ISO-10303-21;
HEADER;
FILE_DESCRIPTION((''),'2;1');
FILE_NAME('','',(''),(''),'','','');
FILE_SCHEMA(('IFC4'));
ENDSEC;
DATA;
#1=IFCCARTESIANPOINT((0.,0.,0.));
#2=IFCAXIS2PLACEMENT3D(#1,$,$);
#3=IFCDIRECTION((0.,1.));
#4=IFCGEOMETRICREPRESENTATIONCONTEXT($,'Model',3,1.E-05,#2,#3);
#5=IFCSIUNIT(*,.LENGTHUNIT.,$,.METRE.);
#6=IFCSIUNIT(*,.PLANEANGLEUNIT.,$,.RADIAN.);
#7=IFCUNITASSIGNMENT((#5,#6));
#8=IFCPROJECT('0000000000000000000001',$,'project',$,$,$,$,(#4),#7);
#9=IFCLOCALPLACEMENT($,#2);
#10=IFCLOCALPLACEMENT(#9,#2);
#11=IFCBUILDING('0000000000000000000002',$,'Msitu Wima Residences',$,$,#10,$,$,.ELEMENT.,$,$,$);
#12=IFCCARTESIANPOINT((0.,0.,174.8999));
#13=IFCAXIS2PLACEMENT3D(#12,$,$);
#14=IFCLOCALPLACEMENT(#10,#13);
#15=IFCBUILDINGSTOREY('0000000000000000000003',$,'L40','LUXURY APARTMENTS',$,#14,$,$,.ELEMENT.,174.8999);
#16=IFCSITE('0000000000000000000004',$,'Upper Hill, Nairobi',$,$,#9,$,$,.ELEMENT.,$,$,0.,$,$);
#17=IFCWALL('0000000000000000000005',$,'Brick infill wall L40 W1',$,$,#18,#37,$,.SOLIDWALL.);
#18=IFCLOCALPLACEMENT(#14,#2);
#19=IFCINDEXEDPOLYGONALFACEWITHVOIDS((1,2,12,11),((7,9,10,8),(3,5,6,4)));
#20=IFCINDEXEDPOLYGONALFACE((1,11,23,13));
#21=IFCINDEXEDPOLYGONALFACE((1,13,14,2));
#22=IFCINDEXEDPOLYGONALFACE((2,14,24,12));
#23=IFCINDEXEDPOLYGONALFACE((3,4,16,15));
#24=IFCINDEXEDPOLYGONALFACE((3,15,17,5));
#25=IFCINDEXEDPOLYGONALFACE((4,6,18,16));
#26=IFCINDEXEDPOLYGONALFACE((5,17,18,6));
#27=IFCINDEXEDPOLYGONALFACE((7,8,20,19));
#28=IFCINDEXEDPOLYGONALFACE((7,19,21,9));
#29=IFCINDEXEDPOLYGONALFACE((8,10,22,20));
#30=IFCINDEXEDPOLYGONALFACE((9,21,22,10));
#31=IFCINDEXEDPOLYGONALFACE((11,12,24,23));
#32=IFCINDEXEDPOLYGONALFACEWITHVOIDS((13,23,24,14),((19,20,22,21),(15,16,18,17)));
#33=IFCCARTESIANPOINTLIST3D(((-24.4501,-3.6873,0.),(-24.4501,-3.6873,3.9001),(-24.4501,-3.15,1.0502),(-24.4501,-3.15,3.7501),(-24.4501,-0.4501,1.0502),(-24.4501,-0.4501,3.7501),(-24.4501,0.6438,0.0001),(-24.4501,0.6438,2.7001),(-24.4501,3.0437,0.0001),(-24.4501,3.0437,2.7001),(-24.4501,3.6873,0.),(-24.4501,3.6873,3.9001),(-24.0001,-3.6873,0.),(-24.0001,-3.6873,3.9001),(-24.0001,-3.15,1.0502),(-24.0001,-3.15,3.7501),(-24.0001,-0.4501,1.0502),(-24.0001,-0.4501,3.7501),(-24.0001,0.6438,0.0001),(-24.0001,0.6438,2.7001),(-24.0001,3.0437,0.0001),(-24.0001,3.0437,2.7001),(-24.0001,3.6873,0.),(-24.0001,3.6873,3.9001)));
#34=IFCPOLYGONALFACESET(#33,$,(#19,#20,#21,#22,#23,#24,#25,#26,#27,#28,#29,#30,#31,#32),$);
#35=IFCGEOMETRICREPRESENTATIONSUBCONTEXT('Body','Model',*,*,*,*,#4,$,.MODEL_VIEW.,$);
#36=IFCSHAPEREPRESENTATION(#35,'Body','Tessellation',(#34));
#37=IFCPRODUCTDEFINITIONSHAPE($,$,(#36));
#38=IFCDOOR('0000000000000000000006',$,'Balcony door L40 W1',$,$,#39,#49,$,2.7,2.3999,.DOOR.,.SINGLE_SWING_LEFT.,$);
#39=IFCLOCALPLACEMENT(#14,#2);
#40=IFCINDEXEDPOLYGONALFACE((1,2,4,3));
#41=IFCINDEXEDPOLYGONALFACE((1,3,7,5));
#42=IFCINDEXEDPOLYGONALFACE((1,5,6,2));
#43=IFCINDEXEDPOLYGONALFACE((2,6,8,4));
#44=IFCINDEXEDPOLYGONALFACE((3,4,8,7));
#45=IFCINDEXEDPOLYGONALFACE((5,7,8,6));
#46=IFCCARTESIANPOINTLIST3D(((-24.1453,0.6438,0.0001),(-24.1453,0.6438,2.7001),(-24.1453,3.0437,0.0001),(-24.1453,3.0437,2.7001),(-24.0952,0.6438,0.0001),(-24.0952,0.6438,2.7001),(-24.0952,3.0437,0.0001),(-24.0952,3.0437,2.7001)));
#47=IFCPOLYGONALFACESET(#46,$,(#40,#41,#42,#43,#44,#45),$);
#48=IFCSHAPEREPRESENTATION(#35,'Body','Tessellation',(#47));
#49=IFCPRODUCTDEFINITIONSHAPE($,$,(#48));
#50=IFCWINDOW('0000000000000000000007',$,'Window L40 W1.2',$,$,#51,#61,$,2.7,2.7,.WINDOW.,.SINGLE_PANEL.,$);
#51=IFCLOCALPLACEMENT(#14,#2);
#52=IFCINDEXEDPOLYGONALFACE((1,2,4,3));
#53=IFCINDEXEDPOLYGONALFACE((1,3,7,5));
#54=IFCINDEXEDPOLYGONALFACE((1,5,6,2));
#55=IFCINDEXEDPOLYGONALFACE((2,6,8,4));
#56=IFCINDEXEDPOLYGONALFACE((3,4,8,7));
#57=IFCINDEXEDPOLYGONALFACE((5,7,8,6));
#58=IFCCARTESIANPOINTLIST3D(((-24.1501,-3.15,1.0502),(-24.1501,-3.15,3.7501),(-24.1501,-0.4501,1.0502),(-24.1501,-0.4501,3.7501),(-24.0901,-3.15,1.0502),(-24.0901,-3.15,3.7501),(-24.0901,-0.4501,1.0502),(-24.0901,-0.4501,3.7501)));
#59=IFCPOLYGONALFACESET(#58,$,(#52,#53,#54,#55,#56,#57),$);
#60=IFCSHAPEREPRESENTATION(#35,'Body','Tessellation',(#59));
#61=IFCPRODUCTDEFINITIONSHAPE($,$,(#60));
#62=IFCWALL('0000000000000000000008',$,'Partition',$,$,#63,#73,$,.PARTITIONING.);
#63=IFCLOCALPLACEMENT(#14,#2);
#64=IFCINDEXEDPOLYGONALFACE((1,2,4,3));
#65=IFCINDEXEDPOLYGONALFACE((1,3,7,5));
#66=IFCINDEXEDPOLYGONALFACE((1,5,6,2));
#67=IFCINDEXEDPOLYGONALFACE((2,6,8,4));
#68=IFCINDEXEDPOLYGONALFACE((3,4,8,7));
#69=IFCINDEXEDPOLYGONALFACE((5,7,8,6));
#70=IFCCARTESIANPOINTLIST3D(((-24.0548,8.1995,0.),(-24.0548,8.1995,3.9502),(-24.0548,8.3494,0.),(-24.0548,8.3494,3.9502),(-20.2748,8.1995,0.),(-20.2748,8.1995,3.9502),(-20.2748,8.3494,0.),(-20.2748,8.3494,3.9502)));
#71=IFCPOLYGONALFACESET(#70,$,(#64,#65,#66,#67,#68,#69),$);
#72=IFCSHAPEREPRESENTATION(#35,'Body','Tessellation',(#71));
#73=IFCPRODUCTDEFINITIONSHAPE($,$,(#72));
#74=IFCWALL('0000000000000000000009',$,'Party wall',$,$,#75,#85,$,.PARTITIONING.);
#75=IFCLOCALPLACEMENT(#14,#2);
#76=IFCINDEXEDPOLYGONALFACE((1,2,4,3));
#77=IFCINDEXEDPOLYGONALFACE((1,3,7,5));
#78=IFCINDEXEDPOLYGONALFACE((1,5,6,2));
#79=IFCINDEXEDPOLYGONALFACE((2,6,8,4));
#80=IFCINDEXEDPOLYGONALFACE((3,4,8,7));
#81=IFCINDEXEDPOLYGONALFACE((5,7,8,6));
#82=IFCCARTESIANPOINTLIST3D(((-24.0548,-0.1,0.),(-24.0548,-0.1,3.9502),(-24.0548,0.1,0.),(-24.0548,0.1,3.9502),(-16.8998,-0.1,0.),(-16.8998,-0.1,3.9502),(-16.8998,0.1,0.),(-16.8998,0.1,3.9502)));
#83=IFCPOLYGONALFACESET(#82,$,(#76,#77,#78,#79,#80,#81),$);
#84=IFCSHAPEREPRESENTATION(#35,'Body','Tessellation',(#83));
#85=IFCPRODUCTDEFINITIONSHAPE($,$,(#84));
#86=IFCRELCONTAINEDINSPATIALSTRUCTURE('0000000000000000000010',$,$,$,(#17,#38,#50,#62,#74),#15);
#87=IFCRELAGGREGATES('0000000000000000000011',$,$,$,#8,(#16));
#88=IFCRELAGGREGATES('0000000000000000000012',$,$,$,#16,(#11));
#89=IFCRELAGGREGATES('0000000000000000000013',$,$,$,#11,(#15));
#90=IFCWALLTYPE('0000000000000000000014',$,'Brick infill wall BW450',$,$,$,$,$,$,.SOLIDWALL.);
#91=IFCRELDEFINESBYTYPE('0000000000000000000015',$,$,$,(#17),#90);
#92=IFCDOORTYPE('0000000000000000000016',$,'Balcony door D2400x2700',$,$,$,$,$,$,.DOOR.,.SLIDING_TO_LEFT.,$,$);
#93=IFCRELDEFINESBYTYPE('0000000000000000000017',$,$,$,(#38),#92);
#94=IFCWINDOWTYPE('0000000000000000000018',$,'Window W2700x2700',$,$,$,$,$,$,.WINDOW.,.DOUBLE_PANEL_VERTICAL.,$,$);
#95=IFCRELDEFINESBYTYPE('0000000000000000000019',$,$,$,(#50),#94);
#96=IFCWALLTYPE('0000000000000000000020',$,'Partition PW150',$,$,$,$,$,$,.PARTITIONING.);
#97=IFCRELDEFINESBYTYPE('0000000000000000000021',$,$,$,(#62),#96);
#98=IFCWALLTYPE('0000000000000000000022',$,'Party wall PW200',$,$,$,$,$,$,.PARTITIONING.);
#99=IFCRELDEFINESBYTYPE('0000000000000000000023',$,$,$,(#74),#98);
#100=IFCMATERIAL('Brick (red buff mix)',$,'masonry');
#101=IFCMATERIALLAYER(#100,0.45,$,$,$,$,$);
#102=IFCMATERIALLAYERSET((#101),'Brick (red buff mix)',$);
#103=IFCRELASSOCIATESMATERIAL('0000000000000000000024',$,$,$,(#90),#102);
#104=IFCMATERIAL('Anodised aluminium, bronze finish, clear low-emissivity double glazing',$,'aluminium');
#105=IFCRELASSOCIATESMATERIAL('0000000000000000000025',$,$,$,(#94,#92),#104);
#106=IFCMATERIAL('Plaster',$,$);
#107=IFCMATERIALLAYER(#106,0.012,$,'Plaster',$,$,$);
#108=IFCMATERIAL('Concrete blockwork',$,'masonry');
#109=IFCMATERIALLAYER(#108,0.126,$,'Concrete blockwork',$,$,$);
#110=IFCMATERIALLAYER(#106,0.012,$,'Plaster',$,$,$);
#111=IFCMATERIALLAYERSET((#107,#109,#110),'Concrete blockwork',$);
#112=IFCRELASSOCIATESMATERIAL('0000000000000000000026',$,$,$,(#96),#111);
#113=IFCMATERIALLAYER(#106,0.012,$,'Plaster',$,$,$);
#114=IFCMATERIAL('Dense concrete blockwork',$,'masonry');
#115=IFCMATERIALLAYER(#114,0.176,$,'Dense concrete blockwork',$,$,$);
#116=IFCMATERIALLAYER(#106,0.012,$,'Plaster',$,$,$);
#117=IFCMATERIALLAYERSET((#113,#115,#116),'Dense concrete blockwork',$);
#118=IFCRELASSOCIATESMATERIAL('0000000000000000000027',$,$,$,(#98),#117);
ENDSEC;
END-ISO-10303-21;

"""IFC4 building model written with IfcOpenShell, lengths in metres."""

from ifc_helpers import new_model, si_unit, direction, frame, frame_2d, origin, place, context, subcontext, project, spatial, rectangle, extrude, material, layer, layer_set, type_object, element, fill, save


model = new_model("IFC4")

# Units and contexts
model_context = context("Model", 3, precision=1e-05, world=origin(), true_north=direction((0.0, 1.0)))
body_context = subcontext(model_context, "Body", "Model", "MODEL_VIEW")
ifc_project = project(units=[si_unit("LENGTHUNIT", "METRE"), si_unit("PLANEANGLEUNIT", "RADIAN")], contexts=[model_context])

# Site, building, storey
site_placement = place(None, origin())
site = spatial("IfcSite", under=ifc_project, at=site_placement, Name="Upper Hill, Nairobi", CompositionType="ELEMENT", RefElevation=0.0)
building_placement = place(site_placement, origin())
building = spatial("IfcBuilding", under=site, at=building_placement, Name="Msitu Wima Residences", CompositionType="ELEMENT")
storey_placement = place(building_placement, frame((0.0, 0.0, 174.8999)))
storey = spatial("IfcBuildingStorey", under=building, at=storey_placement, Name="L40", Description="LUXURY APARTMENTS", CompositionType="ELEMENT", Elevation=174.8999)

# Shared definitions
ifc_material_1 = material(Name="Brick (red buff mix)", Category="masonry")
ifc_layer_1 = layer(ifc_material_1, 0.45)
ifc_layer_set_1 = layer_set([ifc_layer_1], Name="Brick (red buff mix)")
wall_type_1 = type_object("IfcWallType", Name="Brick infill wall BW450", PredefinedType="SOLIDWALL", material=ifc_layer_set_1)
ifc_material_2 = material(Name="Anodised aluminium, bronze finish, clear low-emissivity double glazing", Category="aluminium")
window_type = type_object("IfcWindowType", Name="Window W2700x2700", PartitioningType="DOUBLE_PANEL_VERTICAL", PredefinedType="WINDOW", material=ifc_material_2)

# Wall, openings, door, window
wall_1_placement = place(storey_placement, frame((-24.2251, 3.6873, 0.0), z_axis=(0.0, 0.0, 1.0), x_axis=(0.0, -1.0, 0.0)))
wall_1 = element("IfcWall", 1, at=wall_1_placement, inside=storey, type_object=wall_type_1, Name="Brick infill wall L40 W1", PredefinedType="SOLIDWALL", context=body_context, shape_type="SweptSolid", body=[
    extrude(rectangle(XDim=7.3745, YDim=0.45, at=frame_2d((3.6873, 0.0))), origin(), (0.0, 0.0, 1.0), 3.9001),
])
opening_1_placement = place(wall_1_placement, frame((0.6436, 0.0, 0.0)))
opening_1 = element("IfcOpeningElement", 2, at=opening_1_placement, cuts=wall_1, PredefinedType="OPENING", context=body_context, shape_type="SweptSolid", body=[
    extrude(rectangle(XDim=2.3999, YDim=2.7, at=frame_2d((1.2, 1.3501))), frame((0.0, 0.2349, 0.0), z_axis=(0.0, -1.0, 0.0), x_axis=(1.0, 0.0, 0.0)), (0.0, 0.0, 1.0), 0.47),
])
opening_2_placement = place(wall_1_placement, frame((4.1372, 0.0, 1.05)))
opening_2 = element("IfcOpeningElement", 3, at=opening_2_placement, cuts=wall_1, PredefinedType="OPENING", context=body_context, shape_type="SweptSolid", body=[
    extrude(rectangle(XDim=2.7, YDim=2.7, at=frame_2d((1.3501, 1.3501))), frame((0.0, 0.2349, 0.0), z_axis=(0.0, -1.0, 0.0), x_axis=(1.0, 0.0, 0.0)), (0.0, 0.0, 1.0), 0.47),
])
door_type = type_object("IfcDoorType", Name="Balcony door D2400x2700", OperationType="SLIDING_TO_LEFT", PredefinedType="DOOR", material=ifc_material_2)
door_placement = place(opening_1_placement, origin())
door = element("IfcDoor", 4, at=door_placement, inside=storey, type_object=door_type, Name="Balcony door L40 W1", OperationType="SINGLE_SWING_LEFT", OverallHeight=2.7, OverallWidth=2.3999, PredefinedType="DOOR", context=body_context, shape_type="SweptSolid", body=[
    extrude(rectangle(XDim=2.3999, YDim=2.7, at=frame_2d((1.2, 1.3501))), frame((0.0, 0.1299, 0.0), z_axis=(0.0, -1.0, 0.0), x_axis=(1.0, 0.0, 0.0)), (0.0, 0.0, 1.0), 0.05),
])
fill(opening_1, door)
window_1_placement = place(opening_2_placement, origin())
window_1 = element("IfcWindow", 5, at=window_1_placement, inside=storey, type_object=window_type, Name="Window L40 W1.2", OverallHeight=2.7, OverallWidth=2.7, PartitioningType="SINGLE_PANEL", PredefinedType="WINDOW", context=body_context, shape_type="SweptSolid", body=[
    extrude(rectangle(XDim=2.7, YDim=2.7, at=frame_2d((1.3501, 1.3501))), frame((0.0, 0.135, 0.0), z_axis=(0.0, -1.0, 0.0), x_axis=(1.0, 0.0, 0.0)), (0.0, 0.0, 1.0), 0.0601),
])
fill(opening_2, window_1)

# Walls
ifc_material_3 = material(Name="Plaster")
ifc_layer_2 = layer(ifc_material_3, 0.012, Name="Plaster")
ifc_material_4 = material(Name="Concrete blockwork", Category="masonry")
ifc_layer_3 = layer(ifc_material_4, 0.126, Name="Concrete blockwork")
ifc_layer_4 = layer(ifc_material_3, 0.012, Name="Plaster")
ifc_layer_set_2 = layer_set([ifc_layer_2, ifc_layer_3, ifc_layer_4], Name="Concrete blockwork")
wall_type_2 = type_object("IfcWallType", Name="Partition PW150", PredefinedType="PARTITIONING", material=ifc_layer_set_2)
wall_2_placement = place(storey_placement, frame((-24.0549, 8.2744, 0.0), z_axis=(0.0, 0.0, 1.0), x_axis=(1.0, 0.0, 0.0)))
element("IfcWall", 6, at=wall_2_placement, inside=storey, type_object=wall_type_2, Name="Partition", PredefinedType="PARTITIONING", context=body_context, shape_type="SweptSolid", body=[
    extrude(rectangle(XDim=3.78, YDim=0.1499, at=frame_2d((1.8901, 0.0))), origin(), (0.0, 0.0, 1.0), 3.9502),
])
ifc_layer_5 = layer(ifc_material_3, 0.012, Name="Plaster")
ifc_material_5 = material(Name="Dense concrete blockwork", Category="masonry")
ifc_layer_6 = layer(ifc_material_5, 0.176, Name="Dense concrete blockwork")
ifc_layer_7 = layer(ifc_material_3, 0.012, Name="Plaster")
ifc_layer_set_3 = layer_set([ifc_layer_5, ifc_layer_6, ifc_layer_7], Name="Dense concrete blockwork")
wall_type_3 = type_object("IfcWallType", Name="Party wall PW200", PredefinedType="PARTITIONING", material=ifc_layer_set_3)
wall_3_placement = place(storey_placement, frame((-24.0549, 0.0, 0.0), z_axis=(0.0, 0.0, 1.0), x_axis=(1.0, 0.0, 0.0)))
element("IfcWall", 7, at=wall_3_placement, inside=storey, type_object=wall_type_3, Name="Party wall", PredefinedType="PARTITIONING", context=body_context, shape_type="SweptSolid", body=[
    extrude(rectangle(XDim=7.155, YDim=0.2, at=frame_2d((3.5776, 0.0))), origin(), (0.0, 0.0, 1.0), 3.9502),
])

save(model, "model.ifc")
